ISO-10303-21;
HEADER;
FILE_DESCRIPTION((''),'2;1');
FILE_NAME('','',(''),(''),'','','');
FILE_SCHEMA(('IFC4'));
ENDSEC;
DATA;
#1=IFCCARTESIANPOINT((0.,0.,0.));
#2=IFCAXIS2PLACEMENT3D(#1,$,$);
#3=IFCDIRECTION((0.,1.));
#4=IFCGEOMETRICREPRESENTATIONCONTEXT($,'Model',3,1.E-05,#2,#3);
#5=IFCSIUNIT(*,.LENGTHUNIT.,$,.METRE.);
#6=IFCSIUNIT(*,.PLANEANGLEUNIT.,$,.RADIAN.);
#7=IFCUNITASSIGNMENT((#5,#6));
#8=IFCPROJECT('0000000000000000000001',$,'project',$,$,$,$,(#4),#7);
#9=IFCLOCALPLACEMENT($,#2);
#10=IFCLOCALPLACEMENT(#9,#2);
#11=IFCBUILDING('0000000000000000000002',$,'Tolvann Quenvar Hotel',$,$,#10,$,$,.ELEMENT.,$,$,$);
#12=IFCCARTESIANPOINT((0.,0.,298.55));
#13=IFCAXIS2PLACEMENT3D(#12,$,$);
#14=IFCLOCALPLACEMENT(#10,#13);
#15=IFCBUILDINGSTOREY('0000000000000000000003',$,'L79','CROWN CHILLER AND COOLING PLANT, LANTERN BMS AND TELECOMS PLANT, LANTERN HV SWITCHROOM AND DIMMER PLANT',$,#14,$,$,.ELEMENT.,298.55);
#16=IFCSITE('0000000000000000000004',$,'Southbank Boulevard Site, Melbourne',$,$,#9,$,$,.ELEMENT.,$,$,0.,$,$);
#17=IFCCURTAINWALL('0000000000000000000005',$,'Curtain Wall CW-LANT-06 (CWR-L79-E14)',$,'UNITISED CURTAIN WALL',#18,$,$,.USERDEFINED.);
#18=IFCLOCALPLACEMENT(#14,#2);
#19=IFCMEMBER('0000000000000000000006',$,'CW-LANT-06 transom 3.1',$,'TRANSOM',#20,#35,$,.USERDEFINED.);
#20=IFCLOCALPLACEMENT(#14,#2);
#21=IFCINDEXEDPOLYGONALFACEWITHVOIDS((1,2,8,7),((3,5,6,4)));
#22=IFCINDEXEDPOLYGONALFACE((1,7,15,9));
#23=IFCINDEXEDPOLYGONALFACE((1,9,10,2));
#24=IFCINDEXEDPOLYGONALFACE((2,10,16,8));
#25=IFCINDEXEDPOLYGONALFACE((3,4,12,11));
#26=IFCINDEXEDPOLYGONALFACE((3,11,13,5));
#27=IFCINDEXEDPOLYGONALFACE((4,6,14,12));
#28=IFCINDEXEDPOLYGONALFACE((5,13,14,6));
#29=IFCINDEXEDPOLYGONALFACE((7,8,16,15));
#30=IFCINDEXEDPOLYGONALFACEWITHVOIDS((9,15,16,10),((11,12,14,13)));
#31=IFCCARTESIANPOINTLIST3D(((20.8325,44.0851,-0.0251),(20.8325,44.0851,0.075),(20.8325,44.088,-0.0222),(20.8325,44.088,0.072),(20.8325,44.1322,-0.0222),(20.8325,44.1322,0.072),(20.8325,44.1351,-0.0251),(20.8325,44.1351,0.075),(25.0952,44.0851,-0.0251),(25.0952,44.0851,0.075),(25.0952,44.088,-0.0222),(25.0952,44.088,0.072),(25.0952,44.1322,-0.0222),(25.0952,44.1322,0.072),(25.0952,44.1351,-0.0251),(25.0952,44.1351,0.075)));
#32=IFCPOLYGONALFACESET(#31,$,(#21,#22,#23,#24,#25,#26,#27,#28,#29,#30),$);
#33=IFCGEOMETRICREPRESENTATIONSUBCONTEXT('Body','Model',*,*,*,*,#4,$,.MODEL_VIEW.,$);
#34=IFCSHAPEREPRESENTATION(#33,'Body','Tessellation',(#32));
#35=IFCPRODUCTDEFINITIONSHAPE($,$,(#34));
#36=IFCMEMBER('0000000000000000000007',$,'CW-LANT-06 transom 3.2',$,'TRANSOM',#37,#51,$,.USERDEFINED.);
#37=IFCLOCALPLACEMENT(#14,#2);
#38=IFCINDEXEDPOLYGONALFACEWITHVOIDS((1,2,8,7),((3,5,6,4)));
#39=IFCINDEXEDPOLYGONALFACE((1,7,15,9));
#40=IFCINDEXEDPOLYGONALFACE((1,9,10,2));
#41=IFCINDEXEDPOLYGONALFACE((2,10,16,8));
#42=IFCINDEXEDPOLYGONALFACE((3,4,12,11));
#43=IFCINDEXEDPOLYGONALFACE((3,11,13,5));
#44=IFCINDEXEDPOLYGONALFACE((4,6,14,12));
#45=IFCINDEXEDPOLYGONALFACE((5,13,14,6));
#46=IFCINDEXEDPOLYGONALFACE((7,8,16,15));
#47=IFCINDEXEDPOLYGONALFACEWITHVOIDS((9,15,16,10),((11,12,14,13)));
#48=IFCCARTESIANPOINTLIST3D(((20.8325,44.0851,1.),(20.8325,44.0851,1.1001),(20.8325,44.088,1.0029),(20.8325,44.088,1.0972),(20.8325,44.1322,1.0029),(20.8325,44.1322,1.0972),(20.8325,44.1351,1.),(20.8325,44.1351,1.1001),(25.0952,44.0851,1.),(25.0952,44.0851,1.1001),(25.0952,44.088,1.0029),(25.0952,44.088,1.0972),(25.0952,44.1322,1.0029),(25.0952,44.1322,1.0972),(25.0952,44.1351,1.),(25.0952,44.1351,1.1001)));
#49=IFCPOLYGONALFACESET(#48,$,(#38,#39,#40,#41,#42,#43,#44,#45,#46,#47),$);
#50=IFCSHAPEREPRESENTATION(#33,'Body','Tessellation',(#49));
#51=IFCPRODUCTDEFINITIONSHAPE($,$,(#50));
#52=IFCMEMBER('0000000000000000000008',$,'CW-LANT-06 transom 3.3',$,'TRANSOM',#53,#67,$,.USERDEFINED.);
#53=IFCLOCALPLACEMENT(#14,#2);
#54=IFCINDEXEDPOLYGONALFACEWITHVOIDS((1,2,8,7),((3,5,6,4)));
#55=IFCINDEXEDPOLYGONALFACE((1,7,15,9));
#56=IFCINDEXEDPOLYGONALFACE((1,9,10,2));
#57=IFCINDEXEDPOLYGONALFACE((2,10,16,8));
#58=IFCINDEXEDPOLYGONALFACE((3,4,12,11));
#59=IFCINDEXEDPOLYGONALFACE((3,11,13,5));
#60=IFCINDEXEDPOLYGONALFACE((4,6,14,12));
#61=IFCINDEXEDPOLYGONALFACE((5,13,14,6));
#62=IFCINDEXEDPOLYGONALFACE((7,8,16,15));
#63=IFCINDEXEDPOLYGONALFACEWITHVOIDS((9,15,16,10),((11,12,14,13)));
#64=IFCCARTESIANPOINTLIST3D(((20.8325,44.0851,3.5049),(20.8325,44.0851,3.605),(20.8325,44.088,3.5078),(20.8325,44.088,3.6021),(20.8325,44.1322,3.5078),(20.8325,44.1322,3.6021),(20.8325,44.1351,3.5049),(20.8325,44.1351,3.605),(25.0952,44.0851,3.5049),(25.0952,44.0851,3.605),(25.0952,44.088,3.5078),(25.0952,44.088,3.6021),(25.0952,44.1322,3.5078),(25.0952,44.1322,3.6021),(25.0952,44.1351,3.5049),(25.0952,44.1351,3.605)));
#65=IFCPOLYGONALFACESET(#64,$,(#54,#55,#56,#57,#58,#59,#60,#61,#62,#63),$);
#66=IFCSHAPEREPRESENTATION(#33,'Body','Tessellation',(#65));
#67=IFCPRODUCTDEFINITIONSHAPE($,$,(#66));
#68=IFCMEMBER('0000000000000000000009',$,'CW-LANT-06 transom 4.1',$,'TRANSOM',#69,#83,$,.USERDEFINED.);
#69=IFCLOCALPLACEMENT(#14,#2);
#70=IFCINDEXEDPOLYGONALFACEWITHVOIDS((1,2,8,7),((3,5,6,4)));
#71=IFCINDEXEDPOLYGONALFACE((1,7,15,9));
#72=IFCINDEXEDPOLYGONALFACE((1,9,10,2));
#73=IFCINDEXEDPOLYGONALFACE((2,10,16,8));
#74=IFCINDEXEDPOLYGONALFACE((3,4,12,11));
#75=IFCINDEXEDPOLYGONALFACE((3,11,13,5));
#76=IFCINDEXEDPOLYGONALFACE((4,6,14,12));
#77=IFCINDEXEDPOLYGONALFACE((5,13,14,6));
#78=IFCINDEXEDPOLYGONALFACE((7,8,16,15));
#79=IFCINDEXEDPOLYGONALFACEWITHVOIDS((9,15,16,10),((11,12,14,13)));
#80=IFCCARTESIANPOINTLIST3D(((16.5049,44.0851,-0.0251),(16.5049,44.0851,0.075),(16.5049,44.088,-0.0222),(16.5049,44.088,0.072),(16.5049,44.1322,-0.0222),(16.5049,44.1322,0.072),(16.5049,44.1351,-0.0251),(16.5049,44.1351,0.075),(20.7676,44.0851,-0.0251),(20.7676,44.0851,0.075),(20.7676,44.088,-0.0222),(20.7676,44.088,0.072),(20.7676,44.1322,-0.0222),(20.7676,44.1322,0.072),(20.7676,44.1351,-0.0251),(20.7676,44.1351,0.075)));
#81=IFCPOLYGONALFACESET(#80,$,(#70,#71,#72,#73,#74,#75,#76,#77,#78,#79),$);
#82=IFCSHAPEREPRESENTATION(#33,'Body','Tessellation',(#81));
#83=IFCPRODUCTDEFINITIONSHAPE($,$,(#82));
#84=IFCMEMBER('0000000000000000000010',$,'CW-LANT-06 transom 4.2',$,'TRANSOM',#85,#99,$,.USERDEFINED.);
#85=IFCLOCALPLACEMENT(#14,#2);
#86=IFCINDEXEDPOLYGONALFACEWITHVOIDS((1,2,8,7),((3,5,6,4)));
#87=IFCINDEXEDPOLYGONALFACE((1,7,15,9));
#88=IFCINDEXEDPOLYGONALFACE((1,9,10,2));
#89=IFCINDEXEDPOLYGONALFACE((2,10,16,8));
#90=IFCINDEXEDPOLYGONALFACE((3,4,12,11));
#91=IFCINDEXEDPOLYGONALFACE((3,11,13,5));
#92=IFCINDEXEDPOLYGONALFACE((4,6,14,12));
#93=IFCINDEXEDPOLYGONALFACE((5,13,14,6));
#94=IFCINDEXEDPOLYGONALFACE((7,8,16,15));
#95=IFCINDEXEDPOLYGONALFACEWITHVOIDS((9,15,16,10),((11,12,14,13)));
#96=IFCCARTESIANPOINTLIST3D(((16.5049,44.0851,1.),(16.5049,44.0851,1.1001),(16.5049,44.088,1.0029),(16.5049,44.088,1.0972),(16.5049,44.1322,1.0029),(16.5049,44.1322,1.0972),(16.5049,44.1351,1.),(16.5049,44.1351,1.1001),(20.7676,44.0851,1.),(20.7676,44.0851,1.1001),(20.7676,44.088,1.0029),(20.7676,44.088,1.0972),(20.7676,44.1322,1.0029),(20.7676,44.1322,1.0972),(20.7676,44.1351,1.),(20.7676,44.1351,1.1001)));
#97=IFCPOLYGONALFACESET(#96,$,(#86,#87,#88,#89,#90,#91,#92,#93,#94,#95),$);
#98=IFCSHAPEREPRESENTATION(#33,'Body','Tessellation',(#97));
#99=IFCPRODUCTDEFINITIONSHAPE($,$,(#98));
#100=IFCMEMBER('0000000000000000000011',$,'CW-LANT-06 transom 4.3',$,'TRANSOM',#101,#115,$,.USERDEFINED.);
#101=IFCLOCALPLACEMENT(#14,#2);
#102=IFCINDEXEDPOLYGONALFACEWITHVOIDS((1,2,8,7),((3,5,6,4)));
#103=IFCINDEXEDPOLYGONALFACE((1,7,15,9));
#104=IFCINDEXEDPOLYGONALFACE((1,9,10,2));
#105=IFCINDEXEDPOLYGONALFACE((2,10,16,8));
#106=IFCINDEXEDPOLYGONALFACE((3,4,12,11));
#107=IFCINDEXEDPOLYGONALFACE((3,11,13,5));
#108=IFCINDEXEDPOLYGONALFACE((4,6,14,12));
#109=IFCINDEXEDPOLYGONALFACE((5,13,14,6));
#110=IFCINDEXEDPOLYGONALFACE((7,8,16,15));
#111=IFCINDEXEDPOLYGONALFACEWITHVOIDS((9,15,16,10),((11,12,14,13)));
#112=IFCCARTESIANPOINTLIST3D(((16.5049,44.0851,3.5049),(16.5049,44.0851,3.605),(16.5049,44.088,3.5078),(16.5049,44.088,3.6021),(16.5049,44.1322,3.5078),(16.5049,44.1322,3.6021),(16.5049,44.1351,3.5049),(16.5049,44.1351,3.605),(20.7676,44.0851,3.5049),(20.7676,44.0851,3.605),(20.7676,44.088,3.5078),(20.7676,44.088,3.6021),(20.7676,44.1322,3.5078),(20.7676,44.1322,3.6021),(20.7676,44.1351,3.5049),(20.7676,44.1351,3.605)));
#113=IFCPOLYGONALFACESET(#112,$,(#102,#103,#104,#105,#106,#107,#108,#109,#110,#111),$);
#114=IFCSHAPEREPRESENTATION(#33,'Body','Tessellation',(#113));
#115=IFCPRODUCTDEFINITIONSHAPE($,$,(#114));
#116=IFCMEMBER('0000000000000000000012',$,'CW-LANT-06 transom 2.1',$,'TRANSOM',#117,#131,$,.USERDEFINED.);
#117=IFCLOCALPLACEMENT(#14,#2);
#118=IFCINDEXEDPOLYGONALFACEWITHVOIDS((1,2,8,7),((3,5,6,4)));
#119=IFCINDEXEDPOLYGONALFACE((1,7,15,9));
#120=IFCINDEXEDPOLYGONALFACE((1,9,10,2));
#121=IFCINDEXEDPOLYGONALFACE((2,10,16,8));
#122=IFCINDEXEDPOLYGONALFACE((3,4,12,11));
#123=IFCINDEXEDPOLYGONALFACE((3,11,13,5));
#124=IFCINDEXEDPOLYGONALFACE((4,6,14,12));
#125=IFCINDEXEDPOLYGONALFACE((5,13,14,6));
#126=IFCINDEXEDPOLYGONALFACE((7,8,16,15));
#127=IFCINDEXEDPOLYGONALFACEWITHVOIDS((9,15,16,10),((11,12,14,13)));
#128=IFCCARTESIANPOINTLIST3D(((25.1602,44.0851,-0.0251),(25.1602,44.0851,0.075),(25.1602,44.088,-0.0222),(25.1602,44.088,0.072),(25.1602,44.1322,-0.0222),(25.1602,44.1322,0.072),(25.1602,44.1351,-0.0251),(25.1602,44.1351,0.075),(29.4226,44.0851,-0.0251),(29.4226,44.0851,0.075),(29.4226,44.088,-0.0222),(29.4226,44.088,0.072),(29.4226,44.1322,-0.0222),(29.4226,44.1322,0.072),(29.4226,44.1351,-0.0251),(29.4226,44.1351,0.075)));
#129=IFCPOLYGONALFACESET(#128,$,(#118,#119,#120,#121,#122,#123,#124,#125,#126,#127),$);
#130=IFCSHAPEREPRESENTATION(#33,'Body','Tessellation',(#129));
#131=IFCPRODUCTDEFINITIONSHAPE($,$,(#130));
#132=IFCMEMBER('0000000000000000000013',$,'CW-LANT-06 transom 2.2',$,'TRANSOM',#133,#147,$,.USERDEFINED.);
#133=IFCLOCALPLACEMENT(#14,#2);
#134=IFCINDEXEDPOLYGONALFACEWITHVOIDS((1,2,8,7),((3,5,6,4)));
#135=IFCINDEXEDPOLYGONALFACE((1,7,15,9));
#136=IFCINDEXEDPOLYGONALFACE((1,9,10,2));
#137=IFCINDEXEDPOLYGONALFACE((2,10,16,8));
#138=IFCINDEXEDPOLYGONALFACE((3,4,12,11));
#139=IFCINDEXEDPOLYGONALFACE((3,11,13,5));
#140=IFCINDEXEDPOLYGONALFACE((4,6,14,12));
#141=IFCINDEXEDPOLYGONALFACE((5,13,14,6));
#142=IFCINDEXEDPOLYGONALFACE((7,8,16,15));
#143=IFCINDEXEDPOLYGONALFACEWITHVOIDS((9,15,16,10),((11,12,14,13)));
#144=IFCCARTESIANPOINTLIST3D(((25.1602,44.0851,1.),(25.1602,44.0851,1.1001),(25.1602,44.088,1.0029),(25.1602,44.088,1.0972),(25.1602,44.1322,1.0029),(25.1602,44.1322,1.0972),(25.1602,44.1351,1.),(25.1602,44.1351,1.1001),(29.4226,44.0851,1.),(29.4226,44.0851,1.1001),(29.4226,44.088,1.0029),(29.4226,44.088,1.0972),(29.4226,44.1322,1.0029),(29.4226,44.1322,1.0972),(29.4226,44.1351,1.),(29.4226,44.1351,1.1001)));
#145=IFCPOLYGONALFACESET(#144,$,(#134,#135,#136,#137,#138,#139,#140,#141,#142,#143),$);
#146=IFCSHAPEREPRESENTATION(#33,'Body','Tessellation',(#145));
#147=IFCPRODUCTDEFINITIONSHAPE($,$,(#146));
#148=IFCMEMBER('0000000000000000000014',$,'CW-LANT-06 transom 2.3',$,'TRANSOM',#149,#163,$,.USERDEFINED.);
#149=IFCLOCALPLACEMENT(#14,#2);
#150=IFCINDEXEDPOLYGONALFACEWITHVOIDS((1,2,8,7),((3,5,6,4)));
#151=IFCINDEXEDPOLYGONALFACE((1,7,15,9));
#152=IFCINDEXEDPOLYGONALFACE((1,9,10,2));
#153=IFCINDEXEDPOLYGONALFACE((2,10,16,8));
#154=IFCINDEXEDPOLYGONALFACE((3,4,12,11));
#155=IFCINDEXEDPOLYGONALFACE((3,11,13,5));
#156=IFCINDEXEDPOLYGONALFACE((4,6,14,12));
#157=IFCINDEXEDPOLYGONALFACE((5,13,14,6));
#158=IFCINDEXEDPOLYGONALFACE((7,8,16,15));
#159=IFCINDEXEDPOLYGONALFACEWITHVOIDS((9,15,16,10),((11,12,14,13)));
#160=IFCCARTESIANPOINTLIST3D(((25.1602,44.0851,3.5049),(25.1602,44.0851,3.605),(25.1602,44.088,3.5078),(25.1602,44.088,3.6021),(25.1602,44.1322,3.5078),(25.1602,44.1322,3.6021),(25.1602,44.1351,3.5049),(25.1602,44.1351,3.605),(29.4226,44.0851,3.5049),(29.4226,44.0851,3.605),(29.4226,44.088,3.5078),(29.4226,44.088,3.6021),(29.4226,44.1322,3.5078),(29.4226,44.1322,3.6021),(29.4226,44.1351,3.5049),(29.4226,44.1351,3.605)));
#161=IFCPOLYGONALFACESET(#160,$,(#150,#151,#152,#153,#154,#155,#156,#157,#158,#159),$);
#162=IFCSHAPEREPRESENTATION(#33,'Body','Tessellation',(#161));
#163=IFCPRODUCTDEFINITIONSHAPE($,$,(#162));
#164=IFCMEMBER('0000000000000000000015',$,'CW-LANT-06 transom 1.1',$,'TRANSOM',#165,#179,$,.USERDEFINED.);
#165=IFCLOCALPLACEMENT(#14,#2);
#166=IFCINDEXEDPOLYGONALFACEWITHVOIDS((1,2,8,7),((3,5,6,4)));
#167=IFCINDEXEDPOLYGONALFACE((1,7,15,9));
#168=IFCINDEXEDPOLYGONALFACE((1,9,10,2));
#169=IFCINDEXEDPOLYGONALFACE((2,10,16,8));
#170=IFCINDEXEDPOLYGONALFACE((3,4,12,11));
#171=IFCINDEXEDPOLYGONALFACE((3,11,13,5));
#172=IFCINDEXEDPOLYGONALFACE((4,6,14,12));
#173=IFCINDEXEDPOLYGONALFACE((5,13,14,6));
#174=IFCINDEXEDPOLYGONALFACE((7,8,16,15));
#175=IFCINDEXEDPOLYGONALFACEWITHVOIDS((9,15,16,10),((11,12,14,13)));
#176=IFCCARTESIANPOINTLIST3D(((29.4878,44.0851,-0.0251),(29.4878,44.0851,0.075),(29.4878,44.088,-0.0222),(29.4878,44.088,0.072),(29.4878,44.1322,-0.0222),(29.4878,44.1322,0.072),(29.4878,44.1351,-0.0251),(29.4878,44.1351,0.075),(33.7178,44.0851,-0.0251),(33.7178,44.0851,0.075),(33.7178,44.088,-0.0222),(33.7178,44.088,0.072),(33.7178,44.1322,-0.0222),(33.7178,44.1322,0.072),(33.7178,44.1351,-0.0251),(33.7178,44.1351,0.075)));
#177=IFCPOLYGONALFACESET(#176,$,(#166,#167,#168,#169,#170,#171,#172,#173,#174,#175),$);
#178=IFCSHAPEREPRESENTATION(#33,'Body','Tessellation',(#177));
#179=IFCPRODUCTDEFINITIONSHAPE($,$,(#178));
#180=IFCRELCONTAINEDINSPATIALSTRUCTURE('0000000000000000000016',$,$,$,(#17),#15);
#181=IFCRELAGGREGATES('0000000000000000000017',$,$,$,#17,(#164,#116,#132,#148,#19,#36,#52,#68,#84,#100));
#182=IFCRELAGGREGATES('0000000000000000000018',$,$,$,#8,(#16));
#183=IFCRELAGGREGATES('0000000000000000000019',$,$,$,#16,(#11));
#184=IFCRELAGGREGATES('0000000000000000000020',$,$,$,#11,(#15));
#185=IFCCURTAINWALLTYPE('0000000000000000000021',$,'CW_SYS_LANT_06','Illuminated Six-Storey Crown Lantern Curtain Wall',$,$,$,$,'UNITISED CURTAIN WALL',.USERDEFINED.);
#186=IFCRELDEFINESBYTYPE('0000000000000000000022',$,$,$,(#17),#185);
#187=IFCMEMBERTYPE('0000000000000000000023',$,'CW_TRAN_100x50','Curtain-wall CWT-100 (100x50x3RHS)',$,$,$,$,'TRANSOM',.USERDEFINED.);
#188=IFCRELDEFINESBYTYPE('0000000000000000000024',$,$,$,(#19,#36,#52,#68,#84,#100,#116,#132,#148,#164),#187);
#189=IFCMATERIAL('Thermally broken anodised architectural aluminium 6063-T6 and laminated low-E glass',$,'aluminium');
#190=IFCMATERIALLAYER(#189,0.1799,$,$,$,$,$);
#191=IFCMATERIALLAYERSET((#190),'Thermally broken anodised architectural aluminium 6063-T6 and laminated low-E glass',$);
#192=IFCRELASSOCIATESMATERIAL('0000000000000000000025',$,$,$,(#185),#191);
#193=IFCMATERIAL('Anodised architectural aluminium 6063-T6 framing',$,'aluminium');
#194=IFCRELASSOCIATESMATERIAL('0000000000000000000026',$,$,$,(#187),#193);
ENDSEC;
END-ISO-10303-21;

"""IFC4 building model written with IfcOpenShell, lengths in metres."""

from ifc_helpers import new_model, si_unit, direction, frame, origin, origin_2d, place, context, subcontext, project, spatial, hollow_rectangle, extrude, source, transform, mapped, material, layer, layer_set, material_profile, profile_set, type_object, type_shapes, element, aggregate, save


model = new_model("IFC4")

# Units and contexts
model_context = context("Model", 3, precision=1e-05, world=origin(), true_north=direction((0.0, 1.0)))
body_context = subcontext(model_context, "Body", "Model", "MODEL_VIEW")
ifc_project = project(units=[si_unit("LENGTHUNIT", "METRE"), si_unit("PLANEANGLEUNIT", "RADIAN")], contexts=[model_context])

# Site, building, storey
site_placement = place(None, origin())
site = spatial("IfcSite", under=ifc_project, at=site_placement, Name="Southbank Boulevard Site, Melbourne", CompositionType="ELEMENT", RefElevation=0.0)
building_placement = place(site_placement, origin())
building = spatial("IfcBuilding", under=site, at=building_placement, Name="Tolvann Quenvar Hotel", CompositionType="ELEMENT")
storey_placement = place(building_placement, frame((0.0, 0.0, 298.55)))
storey = spatial("IfcBuildingStorey", under=building, at=storey_placement, Name="L79", Description="CROWN CHILLER AND COOLING PLANT, LANTERN BMS AND TELECOMS PLANT, LANTERN HV SWITCHROOM AND DIMMER PLANT", CompositionType="ELEMENT", Elevation=298.55)

# Curtain wall, members
ifc_material_1 = material(Name="Thermally broken anodised architectural aluminium 6063-T6 and laminated low-E glass", Category="aluminium")
ifc_layer_1 = layer(ifc_material_1, 0.1799)
ifc_layer_set_1 = layer_set([ifc_layer_1], Name="Thermally broken anodised architectural aluminium 6063-T6 and laminated low-E glass")
curtain_wall_type = type_object("IfcCurtainWallType", Name="CW_SYS_LANT_06", Description="Illuminated Six-Storey Crown Lantern Curtain Wall", ElementType="UNITISED CURTAIN WALL", PredefinedType="USERDEFINED", material=ifc_layer_set_1)
curtain_wall_1_placement = place(storey_placement, origin())
curtain_wall_1 = element("IfcCurtainWall", 1, at=curtain_wall_1_placement, inside=storey, type_object=curtain_wall_type, Name="Curtain Wall CW-LANT-06 (CWR-L79-E14)", ObjectType="UNITISED CURTAIN WALL", PredefinedType="USERDEFINED")
ifc_material_2 = material(Name="Anodised architectural aluminium 6063-T6 framing", Category="aluminium")
ifc_material_profile_1 = material_profile(ifc_material_2, hollow_rectangle(XDim=0.05, YDim=0.1001, WallThickness=0.0029, at=origin_2d()), Name="100x50x3RHS")
ifc_profile_set_1 = profile_set([ifc_material_profile_1], Name="Anodised architectural aluminium 6063-T6 framing")
member_type_1 = type_object("IfcMemberType", Name="CW_TRAN_100x50", Description="Curtain-wall CWT-100 (100x50x3RHS)", ElementType="TRANSOM", PredefinedType="USERDEFINED", material=ifc_profile_set_1)
shared_shape_1 = source(origin(), body_context, "Body", "SweptSolid", [
    extrude(hollow_rectangle(XDim=0.05, YDim=0.1001, WallThickness=0.0029, at=origin_2d()), origin(), (0.0, 0.0, 1.0), 4.2627),
])
member_1_placement = place(storey_placement, frame((25.0952, 44.1101, 0.0249), z_axis=(-1.0, 0.0, 0.0), x_axis=(0.0, -1.0, 0.0)))
member_1 = element("IfcMember", 2, at=member_1_placement, type_object=member_type_1, Name="CW-LANT-06 transom 3.1", ObjectType="TRANSOM", PredefinedType="USERDEFINED", context=body_context, shape_type="MappedRepresentation", body=[
    mapped(shared_shape_1, transform((0.0, 0.0, 0.0), x_axis=(1.0, 0.0, 0.0), y_axis=(0.0, 1.0, 0.0), z_axis=(0.0, 0.0, 1.0), scale=1.0)),
])
member_2_placement = place(storey_placement, frame((25.0952, 44.1101, 1.05), z_axis=(-1.0, 0.0, 0.0), x_axis=(0.0, -1.0, 0.0)))
member_2 = element("IfcMember", 3, at=member_2_placement, type_object=member_type_1, Name="CW-LANT-06 transom 3.2", ObjectType="TRANSOM", PredefinedType="USERDEFINED", context=body_context, shape_type="MappedRepresentation", body=[
    mapped(shared_shape_1, transform((0.0, 0.0, 0.0), x_axis=(1.0, 0.0, 0.0), y_axis=(0.0, 1.0, 0.0), z_axis=(0.0, 0.0, 1.0), scale=1.0)),
])
member_3_placement = place(storey_placement, frame((25.0952, 44.1101, 3.5549), z_axis=(-1.0, 0.0, 0.0), x_axis=(0.0, -1.0, 0.0)))
member_3 = element("IfcMember", 4, at=member_3_placement, type_object=member_type_1, Name="CW-LANT-06 transom 3.3", ObjectType="TRANSOM", PredefinedType="USERDEFINED", context=body_context, shape_type="MappedRepresentation", body=[
    mapped(shared_shape_1, transform((0.0, 0.0, 0.0), x_axis=(1.0, 0.0, 0.0), y_axis=(0.0, 1.0, 0.0), z_axis=(0.0, 0.0, 1.0), scale=1.0)),
])
member_4_placement = place(storey_placement, frame((20.7676, 44.1101, 0.0249), z_axis=(-1.0, 0.0, 0.0), x_axis=(0.0, -1.0, 0.0)))
member_4 = element("IfcMember", 5, at=member_4_placement, type_object=member_type_1, Name="CW-LANT-06 transom 4.1", ObjectType="TRANSOM", PredefinedType="USERDEFINED", context=body_context, shape_type="MappedRepresentation", body=[
    mapped(shared_shape_1, transform((0.0, 0.0, 0.0), x_axis=(1.0, 0.0, 0.0), y_axis=(0.0, 1.0, 0.0), z_axis=(0.0, 0.0, 1.0), scale=1.0)),
])
member_5_placement = place(storey_placement, frame((20.7676, 44.1101, 1.05), z_axis=(-1.0, 0.0, 0.0), x_axis=(0.0, -1.0, 0.0)))
member_5 = element("IfcMember", 6, at=member_5_placement, type_object=member_type_1, Name="CW-LANT-06 transom 4.2", ObjectType="TRANSOM", PredefinedType="USERDEFINED", context=body_context, shape_type="MappedRepresentation", body=[
    mapped(shared_shape_1, transform((0.0, 0.0, 0.0), x_axis=(1.0, 0.0, 0.0), y_axis=(0.0, 1.0, 0.0), z_axis=(0.0, 0.0, 1.0), scale=1.0)),
])
member_6_placement = place(storey_placement, frame((20.7676, 44.1101, 3.5549), z_axis=(-1.0, 0.0, 0.0), x_axis=(0.0, -1.0, 0.0)))
member_6 = element("IfcMember", 7, at=member_6_placement, type_object=member_type_1, Name="CW-LANT-06 transom 4.3", ObjectType="TRANSOM", PredefinedType="USERDEFINED", context=body_context, shape_type="MappedRepresentation", body=[
    mapped(shared_shape_1, transform((0.0, 0.0, 0.0), x_axis=(1.0, 0.0, 0.0), y_axis=(0.0, 1.0, 0.0), z_axis=(0.0, 0.0, 1.0), scale=1.0)),
])
shared_shape_2 = source(origin(), body_context, "Body", "SweptSolid", [
    extrude(hollow_rectangle(XDim=0.05, YDim=0.1001, WallThickness=0.0029, at=origin_2d()), origin(), (0.0, 0.0, 1.0), 4.2625),
])
member_7_placement = place(storey_placement, frame((29.4226, 44.1101, 0.0249), z_axis=(-1.0, 0.0, 0.0), x_axis=(0.0, -1.0, 0.0)))
member_7 = element("IfcMember", 8, at=member_7_placement, type_object=member_type_1, Name="CW-LANT-06 transom 2.1", ObjectType="TRANSOM", PredefinedType="USERDEFINED", context=body_context, shape_type="MappedRepresentation", body=[
    mapped(shared_shape_2, transform((0.0, 0.0, 0.0), x_axis=(1.0, 0.0, 0.0), y_axis=(0.0, 1.0, 0.0), z_axis=(0.0, 0.0, 1.0), scale=1.0)),
])
member_8_placement = place(storey_placement, frame((29.4226, 44.1101, 1.05), z_axis=(-1.0, 0.0, 0.0), x_axis=(0.0, -1.0, 0.0)))
member_8 = element("IfcMember", 9, at=member_8_placement, type_object=member_type_1, Name="CW-LANT-06 transom 2.2", ObjectType="TRANSOM", PredefinedType="USERDEFINED", context=body_context, shape_type="MappedRepresentation", body=[
    mapped(shared_shape_2, transform((0.0, 0.0, 0.0), x_axis=(1.0, 0.0, 0.0), y_axis=(0.0, 1.0, 0.0), z_axis=(0.0, 0.0, 1.0), scale=1.0)),
])
member_9_placement = place(storey_placement, frame((29.4226, 44.1101, 3.5549), z_axis=(-1.0, 0.0, 0.0), x_axis=(0.0, -1.0, 0.0)))
member_9 = element("IfcMember", 10, at=member_9_placement, type_object=member_type_1, Name="CW-LANT-06 transom 2.3", ObjectType="TRANSOM", PredefinedType="USERDEFINED", context=body_context, shape_type="MappedRepresentation", body=[
    mapped(shared_shape_2, transform((0.0, 0.0, 0.0), x_axis=(1.0, 0.0, 0.0), y_axis=(0.0, 1.0, 0.0), z_axis=(0.0, 0.0, 1.0), scale=1.0)),
])
shared_shape_3 = source(origin(), body_context, "Body", "SweptSolid", [
    extrude(hollow_rectangle(XDim=0.05, YDim=0.1001, WallThickness=0.0029, at=origin_2d()), origin(), (0.0, 0.0, 1.0), 4.23),
])
type_shapes(member_type_1, [shared_shape_1, shared_shape_2, shared_shape_3])
member_10_placement = place(storey_placement, frame((33.7178, 44.1101, 0.0249), z_axis=(-1.0, 0.0, 0.0), x_axis=(0.0, -1.0, 0.0)))
member_10 = element("IfcMember", 11, at=member_10_placement, type_object=member_type_1, Name="CW-LANT-06 transom 1.1", ObjectType="TRANSOM", PredefinedType="USERDEFINED", context=body_context, shape_type="MappedRepresentation", body=[
    mapped(shared_shape_3, transform((0.0, 0.0, 0.0), x_axis=(1.0, 0.0, 0.0), y_axis=(0.0, 1.0, 0.0), z_axis=(0.0, 0.0, 1.0), scale=1.0)),
])

aggregate(curtain_wall_1, [member_10, member_7, member_8, member_9, member_1, member_2, member_3, member_4, member_5, member_6])

save(model, "model.ifc")
